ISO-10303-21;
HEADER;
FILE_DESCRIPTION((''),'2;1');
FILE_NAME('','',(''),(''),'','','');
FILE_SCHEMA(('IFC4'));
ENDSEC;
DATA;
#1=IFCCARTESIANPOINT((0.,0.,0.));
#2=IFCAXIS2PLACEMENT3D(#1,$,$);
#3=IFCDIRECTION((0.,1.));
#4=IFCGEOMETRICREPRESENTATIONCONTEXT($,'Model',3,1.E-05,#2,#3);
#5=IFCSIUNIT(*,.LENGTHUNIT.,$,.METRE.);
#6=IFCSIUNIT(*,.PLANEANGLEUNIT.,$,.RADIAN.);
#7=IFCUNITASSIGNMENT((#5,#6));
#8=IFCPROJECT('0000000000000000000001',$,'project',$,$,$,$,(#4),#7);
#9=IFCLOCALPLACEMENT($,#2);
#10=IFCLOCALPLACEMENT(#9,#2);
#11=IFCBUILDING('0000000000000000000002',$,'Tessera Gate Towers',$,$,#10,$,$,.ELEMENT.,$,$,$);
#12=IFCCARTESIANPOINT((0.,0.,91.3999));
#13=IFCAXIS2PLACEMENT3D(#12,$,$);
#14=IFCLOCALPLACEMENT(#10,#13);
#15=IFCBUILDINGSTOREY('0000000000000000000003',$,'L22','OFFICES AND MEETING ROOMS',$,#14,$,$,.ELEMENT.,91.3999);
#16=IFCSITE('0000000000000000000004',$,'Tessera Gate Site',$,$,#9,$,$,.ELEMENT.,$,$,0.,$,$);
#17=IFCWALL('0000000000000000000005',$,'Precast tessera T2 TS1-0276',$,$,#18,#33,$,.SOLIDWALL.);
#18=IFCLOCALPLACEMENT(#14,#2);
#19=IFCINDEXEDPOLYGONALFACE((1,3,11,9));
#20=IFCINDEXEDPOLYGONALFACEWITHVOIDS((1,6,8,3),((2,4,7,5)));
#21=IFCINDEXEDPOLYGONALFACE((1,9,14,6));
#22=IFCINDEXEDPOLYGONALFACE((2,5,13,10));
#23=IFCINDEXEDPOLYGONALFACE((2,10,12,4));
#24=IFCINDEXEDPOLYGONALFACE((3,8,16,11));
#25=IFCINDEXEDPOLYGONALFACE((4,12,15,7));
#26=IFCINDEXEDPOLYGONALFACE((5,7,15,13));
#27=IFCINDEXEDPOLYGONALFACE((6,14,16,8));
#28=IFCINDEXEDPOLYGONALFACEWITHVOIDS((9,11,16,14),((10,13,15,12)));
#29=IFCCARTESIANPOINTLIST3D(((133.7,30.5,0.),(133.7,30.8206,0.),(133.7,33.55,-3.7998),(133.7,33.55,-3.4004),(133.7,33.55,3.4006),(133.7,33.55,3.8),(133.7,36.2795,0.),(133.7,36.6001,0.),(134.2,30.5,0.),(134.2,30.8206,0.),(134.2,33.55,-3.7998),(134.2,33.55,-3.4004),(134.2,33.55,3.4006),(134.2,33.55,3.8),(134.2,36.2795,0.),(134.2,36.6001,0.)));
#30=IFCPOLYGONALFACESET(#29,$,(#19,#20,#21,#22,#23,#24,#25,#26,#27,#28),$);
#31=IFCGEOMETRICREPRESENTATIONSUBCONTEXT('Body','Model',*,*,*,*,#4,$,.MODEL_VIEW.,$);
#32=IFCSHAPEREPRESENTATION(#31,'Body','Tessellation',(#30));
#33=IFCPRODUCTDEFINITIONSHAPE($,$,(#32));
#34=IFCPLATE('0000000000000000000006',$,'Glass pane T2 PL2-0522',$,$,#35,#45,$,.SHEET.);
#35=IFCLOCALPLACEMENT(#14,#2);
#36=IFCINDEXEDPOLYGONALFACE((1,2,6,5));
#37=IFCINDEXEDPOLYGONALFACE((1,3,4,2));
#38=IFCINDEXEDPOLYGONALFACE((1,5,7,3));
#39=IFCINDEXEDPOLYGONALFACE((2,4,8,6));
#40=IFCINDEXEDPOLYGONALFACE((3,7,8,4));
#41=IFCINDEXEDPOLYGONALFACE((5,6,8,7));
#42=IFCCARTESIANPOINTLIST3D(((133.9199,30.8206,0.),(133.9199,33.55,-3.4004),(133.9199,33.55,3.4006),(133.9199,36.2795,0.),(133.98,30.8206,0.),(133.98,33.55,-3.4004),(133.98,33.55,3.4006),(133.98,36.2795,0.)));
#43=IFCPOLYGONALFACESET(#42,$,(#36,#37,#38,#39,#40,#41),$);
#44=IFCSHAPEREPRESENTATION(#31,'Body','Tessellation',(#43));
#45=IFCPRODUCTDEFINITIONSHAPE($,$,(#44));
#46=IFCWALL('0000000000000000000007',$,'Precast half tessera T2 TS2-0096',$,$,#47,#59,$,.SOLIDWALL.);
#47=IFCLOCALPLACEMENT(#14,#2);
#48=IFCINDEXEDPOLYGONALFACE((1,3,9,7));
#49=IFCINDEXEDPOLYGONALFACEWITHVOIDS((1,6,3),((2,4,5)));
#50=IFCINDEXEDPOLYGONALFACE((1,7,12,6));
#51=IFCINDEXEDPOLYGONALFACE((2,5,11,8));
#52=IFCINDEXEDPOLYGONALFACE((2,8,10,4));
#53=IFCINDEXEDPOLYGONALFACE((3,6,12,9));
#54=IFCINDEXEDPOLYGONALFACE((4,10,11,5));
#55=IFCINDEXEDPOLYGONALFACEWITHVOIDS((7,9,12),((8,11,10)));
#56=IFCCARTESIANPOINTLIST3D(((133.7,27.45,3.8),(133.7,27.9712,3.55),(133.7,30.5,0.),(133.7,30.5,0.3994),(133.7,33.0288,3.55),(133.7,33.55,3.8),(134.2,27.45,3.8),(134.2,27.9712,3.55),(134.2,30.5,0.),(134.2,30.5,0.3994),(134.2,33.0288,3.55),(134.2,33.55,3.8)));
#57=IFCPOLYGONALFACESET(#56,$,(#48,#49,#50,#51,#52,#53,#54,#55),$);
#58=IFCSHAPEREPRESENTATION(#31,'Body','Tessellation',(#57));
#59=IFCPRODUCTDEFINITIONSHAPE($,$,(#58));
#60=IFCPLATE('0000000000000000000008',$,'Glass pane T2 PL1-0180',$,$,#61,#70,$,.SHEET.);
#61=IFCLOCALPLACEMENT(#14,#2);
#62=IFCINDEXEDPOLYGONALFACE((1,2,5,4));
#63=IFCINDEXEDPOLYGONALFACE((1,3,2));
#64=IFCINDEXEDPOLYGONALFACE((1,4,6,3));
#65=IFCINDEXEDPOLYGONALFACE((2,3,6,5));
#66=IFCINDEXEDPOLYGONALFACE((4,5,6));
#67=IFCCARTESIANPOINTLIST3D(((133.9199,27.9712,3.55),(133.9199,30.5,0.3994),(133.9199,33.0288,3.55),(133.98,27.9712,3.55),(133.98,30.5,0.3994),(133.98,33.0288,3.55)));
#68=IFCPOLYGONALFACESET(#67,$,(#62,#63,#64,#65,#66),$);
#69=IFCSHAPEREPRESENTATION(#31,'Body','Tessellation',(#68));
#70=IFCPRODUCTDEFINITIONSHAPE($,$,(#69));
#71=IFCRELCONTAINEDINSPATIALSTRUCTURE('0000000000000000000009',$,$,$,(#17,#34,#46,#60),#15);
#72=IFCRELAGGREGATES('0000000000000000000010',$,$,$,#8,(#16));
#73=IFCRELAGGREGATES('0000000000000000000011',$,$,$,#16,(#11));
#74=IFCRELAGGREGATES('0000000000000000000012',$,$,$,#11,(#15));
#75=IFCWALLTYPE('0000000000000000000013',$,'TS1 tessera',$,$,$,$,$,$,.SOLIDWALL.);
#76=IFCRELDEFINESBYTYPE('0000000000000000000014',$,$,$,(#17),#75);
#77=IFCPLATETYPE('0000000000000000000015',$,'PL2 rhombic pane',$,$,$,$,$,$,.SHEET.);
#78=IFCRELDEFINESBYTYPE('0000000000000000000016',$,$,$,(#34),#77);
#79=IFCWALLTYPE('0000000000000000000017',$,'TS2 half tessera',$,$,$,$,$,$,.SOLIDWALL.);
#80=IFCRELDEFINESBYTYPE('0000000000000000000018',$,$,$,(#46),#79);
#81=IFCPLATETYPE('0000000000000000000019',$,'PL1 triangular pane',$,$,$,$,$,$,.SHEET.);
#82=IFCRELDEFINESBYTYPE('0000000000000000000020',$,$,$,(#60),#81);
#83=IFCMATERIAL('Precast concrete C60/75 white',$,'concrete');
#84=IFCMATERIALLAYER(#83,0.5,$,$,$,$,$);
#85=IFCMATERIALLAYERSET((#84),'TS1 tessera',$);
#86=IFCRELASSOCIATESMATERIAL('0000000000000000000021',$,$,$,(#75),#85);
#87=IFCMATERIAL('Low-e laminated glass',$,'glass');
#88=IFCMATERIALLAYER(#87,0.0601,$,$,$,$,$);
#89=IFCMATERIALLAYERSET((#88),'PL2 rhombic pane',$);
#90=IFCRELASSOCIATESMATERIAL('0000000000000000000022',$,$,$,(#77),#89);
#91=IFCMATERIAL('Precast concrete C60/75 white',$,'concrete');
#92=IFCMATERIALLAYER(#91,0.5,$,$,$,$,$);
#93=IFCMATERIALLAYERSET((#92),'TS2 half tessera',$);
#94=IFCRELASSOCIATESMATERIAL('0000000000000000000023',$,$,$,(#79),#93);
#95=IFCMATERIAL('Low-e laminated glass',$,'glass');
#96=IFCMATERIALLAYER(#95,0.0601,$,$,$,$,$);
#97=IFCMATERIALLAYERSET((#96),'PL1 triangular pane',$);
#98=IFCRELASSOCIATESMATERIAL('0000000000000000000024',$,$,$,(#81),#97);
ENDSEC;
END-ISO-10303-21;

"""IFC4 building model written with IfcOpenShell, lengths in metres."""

from ifc_helpers import new_model, si_unit, direction, frame, origin, place, context, subcontext, project, spatial, polyline, outline, extrude, source, transform, mapped, material, layer, layer_set, type_object, element, fill, save


model = new_model("IFC4")

# Units and contexts
model_context = context("Model", 3, precision=1e-05, world=origin(), true_north=direction((0.0, 1.0)))
body_context = subcontext(model_context, "Body", "Model", "MODEL_VIEW")
ifc_project = project(units=[si_unit("LENGTHUNIT", "METRE"), si_unit("PLANEANGLEUNIT", "RADIAN")], contexts=[model_context])

# Site, building, storey
site_placement = place(None, origin())
site = spatial("IfcSite", under=ifc_project, at=site_placement, Name="Tessera Gate Site", CompositionType="ELEMENT", RefElevation=0.0)
building_placement = place(site_placement, origin())
building = spatial("IfcBuilding", under=site, at=building_placement, Name="Tessera Gate Towers", CompositionType="ELEMENT")
storey_placement = place(building_placement, frame((0.0, 0.0, 91.3999)))
storey = spatial("IfcBuildingStorey", under=building, at=storey_placement, Name="L22", Description="OFFICES AND MEETING ROOMS", CompositionType="ELEMENT", Elevation=91.3999)

# Walls, openings, plates
ifc_material_1 = material(Name="Precast concrete C60/75 white", Category="concrete")
ifc_layer_1 = layer(ifc_material_1, 0.5)
ifc_layer_set_1 = layer_set([ifc_layer_1], Name="TS1 tessera")
wall_type_1 = type_object("IfcWallType", Name="TS1 tessera", PredefinedType="SOLIDWALL", material=ifc_layer_set_1)
shared_shape_1 = source(origin(), body_context, "Body", "SweptSolid", [
    extrude(outline(polyline([(3.05, 0.0), (6.1001, 3.7998), (3.05, 7.5999), (0.0, 3.7998), (3.05, 0.0)])), frame((0.0, 0.25, 0.0), z_axis=(0.0, -1.0, 0.0), x_axis=(1.0, 0.0, 0.0)), (0.0, 0.0, 1.0), 0.5),
])
wall_1_placement = place(storey_placement, frame((133.95, 30.5, -3.7998), z_axis=(0.0, 0.0, 1.0), x_axis=(0.0, 1.0, 0.0)))
wall_1 = element("IfcWall", 1, at=wall_1_placement, inside=storey, type_object=wall_type_1, Name="Precast tessera T2 TS1-0276", PredefinedType="SOLIDWALL", context=body_context, shape_type="MappedRepresentation", body=[
    mapped(shared_shape_1, transform((0.0, 0.0, 0.0), scale=1.0)),
])
shared_shape_2 = source(origin(), body_context, "Body", "SweptSolid", [
    extrude(outline(polyline([(3.05, 0.3994), (5.7795, 3.7998), (3.05, 7.2004), (0.3206, 3.7998), (3.05, 0.3994)])), frame((0.0, 0.26, 0.0), z_axis=(0.0, -1.0, 0.0), x_axis=(1.0, 0.0, 0.0)), (0.0, 0.0, 1.0), 0.52),
])
opening_1_placement = place(wall_1_placement, origin())
opening_1 = element("IfcOpeningElement", 2, at=opening_1_placement, cuts=wall_1, PredefinedType="OPENING", context=body_context, shape_type="MappedRepresentation", body=[
    mapped(shared_shape_2, transform((0.0, 0.0, 0.0), scale=1.0)),
])
ifc_material_2 = material(Name="Low-e laminated glass", Category="glass")
ifc_layer_2 = layer(ifc_material_2, 0.0601)
ifc_layer_set_2 = layer_set([ifc_layer_2], Name="PL2 rhombic pane")
plate_type_1 = type_object("IfcPlateType", Name="PL2 rhombic pane", PredefinedType="SHEET", material=ifc_layer_set_2)
shared_shape_3 = source(origin(), body_context, "Body", "SweptSolid", [
    extrude(outline(polyline([(3.05, 0.3994), (5.7795, 3.7998), (3.05, 7.2004), (0.3206, 3.7998), (3.05, 0.3994)])), frame((0.0, 0.03, 0.0), z_axis=(0.0, -1.0, 0.0), x_axis=(1.0, 0.0, 0.0)), (0.0, 0.0, 1.0), 0.0601),
])
plate_1_placement = place(opening_1_placement, origin())
plate_1 = element("IfcPlate", 3, at=plate_1_placement, inside=storey, type_object=plate_type_1, Name="Glass pane T2 PL2-0522", PredefinedType="SHEET", context=body_context, shape_type="MappedRepresentation", body=[
    mapped(shared_shape_3, transform((0.0, 0.0, 0.0), scale=1.0)),
])
fill(opening_1, plate_1)
ifc_material_3 = material(Name="Precast concrete C60/75 white", Category="concrete")
ifc_layer_3 = layer(ifc_material_3, 0.5)
ifc_layer_set_3 = layer_set([ifc_layer_3], Name="TS2 half tessera")
wall_type_2 = type_object("IfcWallType", Name="TS2 half tessera", PredefinedType="SOLIDWALL", material=ifc_layer_set_3)
shared_shape_4 = source(origin(), body_context, "Body", "SweptSolid", [
    extrude(outline(polyline([(3.05, 0.0), (6.1001, 3.8), (0.0, 3.8), (3.05, 0.0)])), frame((0.0, 0.25, 0.0), z_axis=(0.0, -1.0, 0.0), x_axis=(1.0, 0.0, 0.0)), (0.0, 0.0, 1.0), 0.5),
])
wall_2_placement = place(storey_placement, frame((133.95, 27.45, 0.0), z_axis=(0.0, 0.0, 1.0), x_axis=(0.0, 1.0, 0.0)))
wall_2 = element("IfcWall", 4, at=wall_2_placement, inside=storey, type_object=wall_type_2, Name="Precast half tessera T2 TS2-0096", PredefinedType="SOLIDWALL", context=body_context, shape_type="MappedRepresentation", body=[
    mapped(shared_shape_4, transform((0.0, 0.0, 0.0), scale=1.0)),
])
shared_shape_5 = source(origin(), body_context, "Body", "SweptSolid", [
    extrude(outline(polyline([(3.05, 0.3994), (5.5789, 3.55), (0.5212, 3.55), (3.05, 0.3994)])), frame((0.0, 0.26, 0.0), z_axis=(0.0, -1.0, 0.0), x_axis=(1.0, 0.0, 0.0)), (0.0, 0.0, 1.0), 0.52),
])
opening_2_placement = place(wall_2_placement, origin())
opening_2 = element("IfcOpeningElement", 5, at=opening_2_placement, cuts=wall_2, PredefinedType="OPENING", context=body_context, shape_type="MappedRepresentation", body=[
    mapped(shared_shape_5, transform((0.0, 0.0, 0.0), scale=1.0)),
])
ifc_material_4 = material(Name="Low-e laminated glass", Category="glass")
ifc_layer_4 = layer(ifc_material_4, 0.0601)
ifc_layer_set_4 = layer_set([ifc_layer_4], Name="PL1 triangular pane")
plate_type_2 = type_object("IfcPlateType", Name="PL1 triangular pane", PredefinedType="SHEET", material=ifc_layer_set_4)
shared_shape_6 = source(origin(), body_context, "Body", "SweptSolid", [
    extrude(outline(polyline([(3.05, 0.3994), (5.5789, 3.55), (0.5212, 3.55), (3.05, 0.3994)])), frame((0.0, 0.03, 0.0), z_axis=(0.0, -1.0, 0.0), x_axis=(1.0, 0.0, 0.0)), (0.0, 0.0, 1.0), 0.0601),
])
plate_2_placement = place(opening_2_placement, origin())
plate_2 = element("IfcPlate", 6, at=plate_2_placement, inside=storey, type_object=plate_type_2, Name="Glass pane T2 PL1-0180", PredefinedType="SHEET", context=body_context, shape_type="MappedRepresentation", body=[
    mapped(shared_shape_6, transform((0.0, 0.0, 0.0), scale=1.0)),
])
fill(opening_2, plate_2)

save(model, "model.ifc")
